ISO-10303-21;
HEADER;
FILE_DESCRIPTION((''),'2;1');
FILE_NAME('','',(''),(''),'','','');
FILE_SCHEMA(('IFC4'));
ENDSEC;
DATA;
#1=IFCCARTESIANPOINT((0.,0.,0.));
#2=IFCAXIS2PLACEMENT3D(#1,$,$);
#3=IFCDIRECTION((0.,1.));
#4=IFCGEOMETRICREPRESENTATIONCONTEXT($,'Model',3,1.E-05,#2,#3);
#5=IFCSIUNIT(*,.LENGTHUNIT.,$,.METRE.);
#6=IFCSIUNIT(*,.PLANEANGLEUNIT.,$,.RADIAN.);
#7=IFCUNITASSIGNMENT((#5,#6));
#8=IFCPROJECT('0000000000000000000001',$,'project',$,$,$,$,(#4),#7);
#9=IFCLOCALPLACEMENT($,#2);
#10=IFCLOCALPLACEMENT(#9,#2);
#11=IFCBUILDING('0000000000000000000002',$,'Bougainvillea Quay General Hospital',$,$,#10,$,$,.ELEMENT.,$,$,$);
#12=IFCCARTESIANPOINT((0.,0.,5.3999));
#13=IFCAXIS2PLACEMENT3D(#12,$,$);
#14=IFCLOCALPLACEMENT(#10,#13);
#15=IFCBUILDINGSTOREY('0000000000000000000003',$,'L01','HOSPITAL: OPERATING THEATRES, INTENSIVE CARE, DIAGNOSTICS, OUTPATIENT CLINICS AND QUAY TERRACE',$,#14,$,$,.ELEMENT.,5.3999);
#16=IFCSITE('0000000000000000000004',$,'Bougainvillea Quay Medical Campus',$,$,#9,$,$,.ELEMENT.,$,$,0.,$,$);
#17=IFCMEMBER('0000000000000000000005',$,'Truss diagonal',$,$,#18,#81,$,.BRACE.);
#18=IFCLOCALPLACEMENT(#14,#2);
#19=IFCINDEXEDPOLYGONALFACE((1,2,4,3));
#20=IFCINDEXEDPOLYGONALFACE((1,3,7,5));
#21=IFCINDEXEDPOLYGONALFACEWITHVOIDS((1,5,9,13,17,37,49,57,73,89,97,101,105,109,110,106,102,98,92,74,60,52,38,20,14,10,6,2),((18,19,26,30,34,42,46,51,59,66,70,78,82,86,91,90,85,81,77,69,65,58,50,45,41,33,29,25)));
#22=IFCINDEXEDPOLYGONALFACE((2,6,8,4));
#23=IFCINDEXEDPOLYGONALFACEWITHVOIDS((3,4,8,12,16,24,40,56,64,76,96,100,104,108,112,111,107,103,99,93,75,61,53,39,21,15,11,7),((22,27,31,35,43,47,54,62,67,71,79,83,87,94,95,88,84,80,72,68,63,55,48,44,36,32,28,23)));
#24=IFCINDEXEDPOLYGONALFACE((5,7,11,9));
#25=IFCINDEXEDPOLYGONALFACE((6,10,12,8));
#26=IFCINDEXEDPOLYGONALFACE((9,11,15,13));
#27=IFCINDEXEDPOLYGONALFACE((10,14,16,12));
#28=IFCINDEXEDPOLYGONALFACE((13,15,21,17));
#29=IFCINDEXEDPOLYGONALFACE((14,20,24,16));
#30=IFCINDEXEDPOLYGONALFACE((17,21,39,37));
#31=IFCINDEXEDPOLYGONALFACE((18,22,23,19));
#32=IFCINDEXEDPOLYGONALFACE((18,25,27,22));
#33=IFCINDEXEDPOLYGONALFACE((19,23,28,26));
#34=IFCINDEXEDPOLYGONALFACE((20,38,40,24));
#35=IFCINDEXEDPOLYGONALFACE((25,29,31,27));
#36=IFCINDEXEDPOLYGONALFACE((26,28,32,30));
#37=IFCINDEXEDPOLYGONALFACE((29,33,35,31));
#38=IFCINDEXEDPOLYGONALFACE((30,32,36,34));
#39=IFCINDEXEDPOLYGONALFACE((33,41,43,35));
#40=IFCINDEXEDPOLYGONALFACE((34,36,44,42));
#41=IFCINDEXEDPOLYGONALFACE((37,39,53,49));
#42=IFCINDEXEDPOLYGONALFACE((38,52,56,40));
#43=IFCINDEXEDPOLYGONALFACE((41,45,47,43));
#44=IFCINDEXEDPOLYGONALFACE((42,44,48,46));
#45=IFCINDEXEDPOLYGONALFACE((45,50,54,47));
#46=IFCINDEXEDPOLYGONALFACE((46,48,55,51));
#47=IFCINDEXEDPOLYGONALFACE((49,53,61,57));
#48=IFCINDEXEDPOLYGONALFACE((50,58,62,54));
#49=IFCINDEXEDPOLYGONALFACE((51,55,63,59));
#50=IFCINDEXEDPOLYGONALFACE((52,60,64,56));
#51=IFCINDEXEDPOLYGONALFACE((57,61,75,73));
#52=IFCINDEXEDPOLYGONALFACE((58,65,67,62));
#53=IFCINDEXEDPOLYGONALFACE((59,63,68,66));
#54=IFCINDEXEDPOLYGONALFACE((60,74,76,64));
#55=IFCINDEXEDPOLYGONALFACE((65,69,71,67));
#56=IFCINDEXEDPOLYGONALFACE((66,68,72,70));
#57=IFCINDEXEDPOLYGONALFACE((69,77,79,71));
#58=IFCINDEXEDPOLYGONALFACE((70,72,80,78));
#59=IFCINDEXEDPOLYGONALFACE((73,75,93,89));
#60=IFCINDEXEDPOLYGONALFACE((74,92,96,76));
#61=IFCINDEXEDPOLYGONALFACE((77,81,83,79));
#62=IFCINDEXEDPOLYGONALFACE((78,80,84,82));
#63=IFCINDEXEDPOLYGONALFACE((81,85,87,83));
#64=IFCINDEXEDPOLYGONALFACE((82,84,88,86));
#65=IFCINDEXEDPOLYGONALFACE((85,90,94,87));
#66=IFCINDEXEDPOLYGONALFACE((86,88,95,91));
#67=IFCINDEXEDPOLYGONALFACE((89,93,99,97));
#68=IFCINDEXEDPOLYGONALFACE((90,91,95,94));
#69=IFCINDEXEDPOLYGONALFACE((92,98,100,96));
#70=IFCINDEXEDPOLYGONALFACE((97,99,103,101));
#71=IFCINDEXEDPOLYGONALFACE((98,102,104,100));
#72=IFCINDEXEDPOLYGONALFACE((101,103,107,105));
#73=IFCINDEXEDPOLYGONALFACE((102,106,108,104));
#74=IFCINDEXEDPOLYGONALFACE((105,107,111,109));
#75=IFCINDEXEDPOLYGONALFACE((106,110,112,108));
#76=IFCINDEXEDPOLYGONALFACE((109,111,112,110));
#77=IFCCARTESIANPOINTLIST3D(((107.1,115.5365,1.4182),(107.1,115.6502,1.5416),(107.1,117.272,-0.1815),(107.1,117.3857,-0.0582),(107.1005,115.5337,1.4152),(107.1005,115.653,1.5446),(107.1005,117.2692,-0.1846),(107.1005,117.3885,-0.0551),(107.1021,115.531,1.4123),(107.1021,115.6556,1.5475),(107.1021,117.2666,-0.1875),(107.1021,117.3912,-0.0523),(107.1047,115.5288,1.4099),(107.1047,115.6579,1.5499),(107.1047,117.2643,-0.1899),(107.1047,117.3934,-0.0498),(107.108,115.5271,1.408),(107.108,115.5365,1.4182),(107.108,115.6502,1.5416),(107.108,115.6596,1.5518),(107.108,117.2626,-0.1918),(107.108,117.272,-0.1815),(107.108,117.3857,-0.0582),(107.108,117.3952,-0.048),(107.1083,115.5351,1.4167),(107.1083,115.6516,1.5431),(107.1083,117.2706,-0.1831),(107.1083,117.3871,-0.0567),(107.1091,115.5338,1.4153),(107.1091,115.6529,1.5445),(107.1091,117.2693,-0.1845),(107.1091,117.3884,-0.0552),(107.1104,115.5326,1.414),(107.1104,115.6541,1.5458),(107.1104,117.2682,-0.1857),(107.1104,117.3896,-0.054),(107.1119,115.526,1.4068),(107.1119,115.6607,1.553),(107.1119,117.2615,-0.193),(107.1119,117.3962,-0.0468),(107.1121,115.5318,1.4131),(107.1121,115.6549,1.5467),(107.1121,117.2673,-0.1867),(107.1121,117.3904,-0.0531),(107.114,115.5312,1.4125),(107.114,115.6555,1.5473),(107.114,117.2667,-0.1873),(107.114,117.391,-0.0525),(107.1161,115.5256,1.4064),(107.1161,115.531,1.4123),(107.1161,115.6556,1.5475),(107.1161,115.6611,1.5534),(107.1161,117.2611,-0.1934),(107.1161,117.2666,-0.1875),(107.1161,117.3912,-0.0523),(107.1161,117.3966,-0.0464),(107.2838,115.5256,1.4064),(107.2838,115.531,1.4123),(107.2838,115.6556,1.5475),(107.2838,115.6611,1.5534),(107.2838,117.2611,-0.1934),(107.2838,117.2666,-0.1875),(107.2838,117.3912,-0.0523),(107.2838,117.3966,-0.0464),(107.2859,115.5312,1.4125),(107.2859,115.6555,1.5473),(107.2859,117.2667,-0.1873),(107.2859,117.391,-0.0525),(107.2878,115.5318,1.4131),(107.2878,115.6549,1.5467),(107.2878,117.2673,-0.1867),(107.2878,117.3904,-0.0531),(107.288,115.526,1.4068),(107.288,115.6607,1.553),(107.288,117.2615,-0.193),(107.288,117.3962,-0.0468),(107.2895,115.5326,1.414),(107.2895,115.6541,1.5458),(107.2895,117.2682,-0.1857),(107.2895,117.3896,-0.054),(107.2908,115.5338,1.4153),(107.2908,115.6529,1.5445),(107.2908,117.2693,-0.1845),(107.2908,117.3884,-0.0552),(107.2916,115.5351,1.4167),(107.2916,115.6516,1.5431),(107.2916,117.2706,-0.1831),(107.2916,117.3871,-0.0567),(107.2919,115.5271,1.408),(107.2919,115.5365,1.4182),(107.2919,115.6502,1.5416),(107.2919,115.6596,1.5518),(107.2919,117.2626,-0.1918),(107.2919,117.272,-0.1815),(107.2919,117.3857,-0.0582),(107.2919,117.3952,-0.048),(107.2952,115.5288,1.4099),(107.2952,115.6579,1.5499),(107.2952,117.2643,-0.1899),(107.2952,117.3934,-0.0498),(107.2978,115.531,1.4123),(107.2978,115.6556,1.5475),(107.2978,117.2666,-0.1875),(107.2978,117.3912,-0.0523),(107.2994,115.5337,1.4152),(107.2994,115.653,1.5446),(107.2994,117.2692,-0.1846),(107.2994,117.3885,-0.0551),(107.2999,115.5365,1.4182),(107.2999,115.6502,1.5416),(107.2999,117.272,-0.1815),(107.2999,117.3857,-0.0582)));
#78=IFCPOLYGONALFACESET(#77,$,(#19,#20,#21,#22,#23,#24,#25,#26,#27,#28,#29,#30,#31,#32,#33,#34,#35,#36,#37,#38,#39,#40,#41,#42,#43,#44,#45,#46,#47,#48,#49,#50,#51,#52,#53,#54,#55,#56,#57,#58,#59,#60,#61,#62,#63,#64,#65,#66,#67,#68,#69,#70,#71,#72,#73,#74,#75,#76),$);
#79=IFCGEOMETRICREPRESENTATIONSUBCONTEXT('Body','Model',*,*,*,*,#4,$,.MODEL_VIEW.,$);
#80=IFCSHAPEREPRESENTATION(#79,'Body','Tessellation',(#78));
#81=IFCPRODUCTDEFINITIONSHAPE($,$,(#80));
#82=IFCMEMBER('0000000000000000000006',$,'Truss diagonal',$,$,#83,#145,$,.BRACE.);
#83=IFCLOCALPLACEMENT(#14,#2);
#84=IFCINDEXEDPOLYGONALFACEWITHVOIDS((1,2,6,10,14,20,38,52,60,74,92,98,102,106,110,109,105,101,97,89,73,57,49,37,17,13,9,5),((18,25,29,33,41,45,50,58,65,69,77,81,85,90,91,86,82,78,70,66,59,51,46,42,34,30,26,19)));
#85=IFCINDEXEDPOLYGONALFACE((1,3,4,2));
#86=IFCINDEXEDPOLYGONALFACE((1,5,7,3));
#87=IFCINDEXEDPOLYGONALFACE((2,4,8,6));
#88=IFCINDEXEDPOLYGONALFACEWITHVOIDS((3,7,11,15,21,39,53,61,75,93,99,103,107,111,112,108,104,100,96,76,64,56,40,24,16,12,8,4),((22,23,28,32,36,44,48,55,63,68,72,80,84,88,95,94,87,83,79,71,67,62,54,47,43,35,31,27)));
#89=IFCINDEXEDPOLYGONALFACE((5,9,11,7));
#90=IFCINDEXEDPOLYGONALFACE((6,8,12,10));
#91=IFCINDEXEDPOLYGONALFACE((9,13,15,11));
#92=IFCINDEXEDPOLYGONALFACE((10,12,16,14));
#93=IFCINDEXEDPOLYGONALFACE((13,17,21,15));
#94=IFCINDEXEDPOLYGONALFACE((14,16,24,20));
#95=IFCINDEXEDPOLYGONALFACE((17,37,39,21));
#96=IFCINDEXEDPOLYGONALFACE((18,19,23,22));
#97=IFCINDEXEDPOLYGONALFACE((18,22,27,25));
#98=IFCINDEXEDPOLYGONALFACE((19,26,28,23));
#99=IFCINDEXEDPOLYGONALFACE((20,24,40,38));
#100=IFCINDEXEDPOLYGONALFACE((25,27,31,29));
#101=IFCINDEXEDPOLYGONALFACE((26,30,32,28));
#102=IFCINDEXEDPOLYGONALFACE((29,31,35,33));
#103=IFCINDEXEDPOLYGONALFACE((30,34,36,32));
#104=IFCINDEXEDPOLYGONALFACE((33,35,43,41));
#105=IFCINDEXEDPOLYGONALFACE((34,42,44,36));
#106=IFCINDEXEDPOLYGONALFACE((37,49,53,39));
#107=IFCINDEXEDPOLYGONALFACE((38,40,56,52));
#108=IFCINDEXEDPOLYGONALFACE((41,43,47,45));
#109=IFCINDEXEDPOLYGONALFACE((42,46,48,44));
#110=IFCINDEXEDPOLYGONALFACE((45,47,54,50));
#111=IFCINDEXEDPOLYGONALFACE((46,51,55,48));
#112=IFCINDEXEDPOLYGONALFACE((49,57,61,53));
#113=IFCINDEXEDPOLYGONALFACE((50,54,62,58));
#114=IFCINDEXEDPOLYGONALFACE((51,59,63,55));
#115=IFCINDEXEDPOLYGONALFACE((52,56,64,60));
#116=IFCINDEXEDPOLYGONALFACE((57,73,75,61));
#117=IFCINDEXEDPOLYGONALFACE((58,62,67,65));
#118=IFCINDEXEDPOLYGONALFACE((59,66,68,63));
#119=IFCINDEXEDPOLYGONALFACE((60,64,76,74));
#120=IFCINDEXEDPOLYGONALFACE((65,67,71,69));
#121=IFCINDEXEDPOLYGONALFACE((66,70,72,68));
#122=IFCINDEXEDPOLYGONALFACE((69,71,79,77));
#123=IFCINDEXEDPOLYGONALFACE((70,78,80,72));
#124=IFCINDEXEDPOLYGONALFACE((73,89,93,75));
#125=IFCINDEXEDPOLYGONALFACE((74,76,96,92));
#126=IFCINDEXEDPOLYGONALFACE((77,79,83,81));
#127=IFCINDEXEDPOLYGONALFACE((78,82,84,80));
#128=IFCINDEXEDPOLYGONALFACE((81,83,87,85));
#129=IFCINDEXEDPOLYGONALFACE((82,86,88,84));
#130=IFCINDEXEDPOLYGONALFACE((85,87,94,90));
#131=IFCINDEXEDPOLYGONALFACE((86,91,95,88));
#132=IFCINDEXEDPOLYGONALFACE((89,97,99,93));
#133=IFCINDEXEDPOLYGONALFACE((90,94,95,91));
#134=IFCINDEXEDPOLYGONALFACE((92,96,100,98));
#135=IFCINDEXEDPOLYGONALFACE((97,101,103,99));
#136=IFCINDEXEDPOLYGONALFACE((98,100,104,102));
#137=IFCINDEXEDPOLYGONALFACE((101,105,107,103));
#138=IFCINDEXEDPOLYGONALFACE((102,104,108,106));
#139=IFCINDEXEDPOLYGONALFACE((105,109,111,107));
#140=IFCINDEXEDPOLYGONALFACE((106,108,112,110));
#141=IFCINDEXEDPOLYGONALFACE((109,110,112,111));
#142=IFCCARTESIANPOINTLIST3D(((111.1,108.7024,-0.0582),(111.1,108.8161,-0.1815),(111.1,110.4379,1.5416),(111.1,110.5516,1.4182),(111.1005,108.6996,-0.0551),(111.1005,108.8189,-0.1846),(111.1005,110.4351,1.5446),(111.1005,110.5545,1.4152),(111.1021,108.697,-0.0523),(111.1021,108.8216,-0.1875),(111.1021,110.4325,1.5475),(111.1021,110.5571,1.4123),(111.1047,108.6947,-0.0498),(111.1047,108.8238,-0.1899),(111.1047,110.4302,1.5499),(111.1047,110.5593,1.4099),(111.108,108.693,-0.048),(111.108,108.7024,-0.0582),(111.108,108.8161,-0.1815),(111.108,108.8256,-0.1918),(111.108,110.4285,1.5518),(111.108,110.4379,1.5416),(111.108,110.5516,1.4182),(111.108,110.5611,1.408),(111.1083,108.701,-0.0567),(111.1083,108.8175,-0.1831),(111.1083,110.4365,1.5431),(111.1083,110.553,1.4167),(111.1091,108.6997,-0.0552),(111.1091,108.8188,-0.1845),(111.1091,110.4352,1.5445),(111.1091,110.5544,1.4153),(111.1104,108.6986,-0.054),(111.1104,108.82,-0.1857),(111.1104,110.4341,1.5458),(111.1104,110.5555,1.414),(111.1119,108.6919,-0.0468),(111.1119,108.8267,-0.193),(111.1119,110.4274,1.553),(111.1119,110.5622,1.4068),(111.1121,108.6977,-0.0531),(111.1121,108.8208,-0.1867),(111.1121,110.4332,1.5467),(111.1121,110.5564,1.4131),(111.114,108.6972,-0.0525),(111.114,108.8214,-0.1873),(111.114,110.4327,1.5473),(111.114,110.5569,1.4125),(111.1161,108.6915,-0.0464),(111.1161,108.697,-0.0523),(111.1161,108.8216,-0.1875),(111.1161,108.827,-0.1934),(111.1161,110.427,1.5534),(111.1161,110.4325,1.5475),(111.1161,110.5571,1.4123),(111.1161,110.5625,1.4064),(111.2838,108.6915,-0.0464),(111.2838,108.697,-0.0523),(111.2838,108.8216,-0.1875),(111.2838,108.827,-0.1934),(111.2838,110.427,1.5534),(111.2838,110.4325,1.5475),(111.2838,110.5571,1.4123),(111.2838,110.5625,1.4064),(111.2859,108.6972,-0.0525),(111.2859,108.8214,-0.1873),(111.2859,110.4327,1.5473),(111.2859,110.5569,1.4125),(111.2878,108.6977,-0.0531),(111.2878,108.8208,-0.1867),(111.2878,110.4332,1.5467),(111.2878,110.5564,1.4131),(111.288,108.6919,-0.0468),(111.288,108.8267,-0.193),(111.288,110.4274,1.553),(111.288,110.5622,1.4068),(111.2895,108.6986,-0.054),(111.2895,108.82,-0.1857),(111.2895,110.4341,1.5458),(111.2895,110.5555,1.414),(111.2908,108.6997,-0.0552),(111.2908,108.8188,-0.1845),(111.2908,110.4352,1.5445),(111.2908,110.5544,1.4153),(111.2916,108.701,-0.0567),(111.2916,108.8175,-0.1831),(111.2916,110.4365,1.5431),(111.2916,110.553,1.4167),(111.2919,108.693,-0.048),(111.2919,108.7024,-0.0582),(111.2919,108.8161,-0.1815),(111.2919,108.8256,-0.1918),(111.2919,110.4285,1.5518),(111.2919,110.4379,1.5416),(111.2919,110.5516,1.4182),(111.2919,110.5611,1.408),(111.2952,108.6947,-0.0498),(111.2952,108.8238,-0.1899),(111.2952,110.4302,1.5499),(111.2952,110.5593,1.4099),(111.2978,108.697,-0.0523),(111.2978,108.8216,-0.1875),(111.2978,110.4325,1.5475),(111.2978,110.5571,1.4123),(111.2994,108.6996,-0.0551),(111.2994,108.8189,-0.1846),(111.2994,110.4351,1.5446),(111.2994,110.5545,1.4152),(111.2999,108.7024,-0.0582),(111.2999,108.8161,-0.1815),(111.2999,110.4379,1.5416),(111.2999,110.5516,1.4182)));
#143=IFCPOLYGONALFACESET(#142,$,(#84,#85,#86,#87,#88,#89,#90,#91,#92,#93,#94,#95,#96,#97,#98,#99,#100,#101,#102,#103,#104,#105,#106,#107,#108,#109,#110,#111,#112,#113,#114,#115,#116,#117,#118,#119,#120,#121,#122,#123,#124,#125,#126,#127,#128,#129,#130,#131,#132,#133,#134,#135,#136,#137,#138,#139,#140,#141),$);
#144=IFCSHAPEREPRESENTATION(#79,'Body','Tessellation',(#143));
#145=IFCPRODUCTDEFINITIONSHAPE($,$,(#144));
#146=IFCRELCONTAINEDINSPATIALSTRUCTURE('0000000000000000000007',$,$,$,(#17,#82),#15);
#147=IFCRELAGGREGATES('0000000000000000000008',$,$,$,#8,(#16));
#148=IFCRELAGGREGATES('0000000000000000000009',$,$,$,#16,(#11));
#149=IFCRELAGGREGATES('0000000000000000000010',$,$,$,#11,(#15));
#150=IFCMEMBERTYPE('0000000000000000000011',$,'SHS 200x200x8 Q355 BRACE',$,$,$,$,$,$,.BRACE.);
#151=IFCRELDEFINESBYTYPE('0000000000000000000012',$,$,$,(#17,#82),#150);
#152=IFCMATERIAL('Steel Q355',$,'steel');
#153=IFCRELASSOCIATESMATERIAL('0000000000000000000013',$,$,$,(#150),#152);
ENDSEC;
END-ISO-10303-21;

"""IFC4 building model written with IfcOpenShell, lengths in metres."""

from ifc_helpers import new_model, si_unit, direction, frame, origin, origin_2d, place, context, subcontext, project, spatial, hollow_rectangle, extrude, material, material_profile, profile_set, type_object, element, save


model = new_model("IFC4")

# Units and contexts
model_context = context("Model", 3, precision=1e-05, world=origin(), true_north=direction((0.0, 1.0)))
body_context = subcontext(model_context, "Body", "Model", "MODEL_VIEW")
ifc_project = project(units=[si_unit("LENGTHUNIT", "METRE"), si_unit("PLANEANGLEUNIT", "RADIAN")], contexts=[model_context])

# Site, building, storey
site_placement = place(None, origin())
site = spatial("IfcSite", under=ifc_project, at=site_placement, Name="Bougainvillea Quay Medical Campus", CompositionType="ELEMENT", RefElevation=0.0)
building_placement = place(site_placement, origin())
building = spatial("IfcBuilding", under=site, at=building_placement, Name="Bougainvillea Quay General Hospital", CompositionType="ELEMENT")
storey_placement = place(building_placement, frame((0.0, 0.0, 5.3999)))
storey = spatial("IfcBuildingStorey", under=building, at=storey_placement, Name="L01", Description="HOSPITAL: OPERATING THEATRES, INTENSIVE CARE, DIAGNOSTICS, OUTPATIENT CLINICS AND QUAY TERRACE", CompositionType="ELEMENT", Elevation=5.3999)

# Members
ifc_material_1 = material(Name="Steel Q355", Category="steel")
ifc_material_profile_1 = material_profile(ifc_material_1, hollow_rectangle(XDim=0.2, YDim=0.2, WallThickness=0.0081, InnerFilletRadius=0.0081, OuterFilletRadius=0.0161, at=origin_2d()))
ifc_profile_set_1 = profile_set([ifc_material_profile_1], Name="Steel Q355")
member_type_1 = type_object("IfcMemberType", Name="SHS 200x200x8 Q355 BRACE", PredefinedType="BRACE", material=ifc_profile_set_1)
for number, where, z_axis, x_axis, name in (
    (1, (107.2, 117.3289, -0.1199), (0.0, -0.735275, 0.677769), (1.0, 0.0, 0.0), "Truss diagonal"),
    (2, (111.2, 108.7593, -0.1199), (0.0, 0.735275, 0.677769), (-1.0, 0.0, 0.0), "Truss diagonal"),
):
    element("IfcMember", number, at=place(storey_placement, frame(where, z_axis=z_axis, x_axis=x_axis)), inside=storey, type_object=member_type_1, Name=name, PredefinedType="BRACE", context=body_context, shape_type="SweptSolid", body=[
        extrude(hollow_rectangle(XDim=0.2, YDim=0.2, WallThickness=0.0081, InnerFilletRadius=0.0081, OuterFilletRadius=0.0161, at=origin_2d()), origin(), (0.0, 0.0, 1.0), 2.3604),
    ])

save(model, "model.ifc")
